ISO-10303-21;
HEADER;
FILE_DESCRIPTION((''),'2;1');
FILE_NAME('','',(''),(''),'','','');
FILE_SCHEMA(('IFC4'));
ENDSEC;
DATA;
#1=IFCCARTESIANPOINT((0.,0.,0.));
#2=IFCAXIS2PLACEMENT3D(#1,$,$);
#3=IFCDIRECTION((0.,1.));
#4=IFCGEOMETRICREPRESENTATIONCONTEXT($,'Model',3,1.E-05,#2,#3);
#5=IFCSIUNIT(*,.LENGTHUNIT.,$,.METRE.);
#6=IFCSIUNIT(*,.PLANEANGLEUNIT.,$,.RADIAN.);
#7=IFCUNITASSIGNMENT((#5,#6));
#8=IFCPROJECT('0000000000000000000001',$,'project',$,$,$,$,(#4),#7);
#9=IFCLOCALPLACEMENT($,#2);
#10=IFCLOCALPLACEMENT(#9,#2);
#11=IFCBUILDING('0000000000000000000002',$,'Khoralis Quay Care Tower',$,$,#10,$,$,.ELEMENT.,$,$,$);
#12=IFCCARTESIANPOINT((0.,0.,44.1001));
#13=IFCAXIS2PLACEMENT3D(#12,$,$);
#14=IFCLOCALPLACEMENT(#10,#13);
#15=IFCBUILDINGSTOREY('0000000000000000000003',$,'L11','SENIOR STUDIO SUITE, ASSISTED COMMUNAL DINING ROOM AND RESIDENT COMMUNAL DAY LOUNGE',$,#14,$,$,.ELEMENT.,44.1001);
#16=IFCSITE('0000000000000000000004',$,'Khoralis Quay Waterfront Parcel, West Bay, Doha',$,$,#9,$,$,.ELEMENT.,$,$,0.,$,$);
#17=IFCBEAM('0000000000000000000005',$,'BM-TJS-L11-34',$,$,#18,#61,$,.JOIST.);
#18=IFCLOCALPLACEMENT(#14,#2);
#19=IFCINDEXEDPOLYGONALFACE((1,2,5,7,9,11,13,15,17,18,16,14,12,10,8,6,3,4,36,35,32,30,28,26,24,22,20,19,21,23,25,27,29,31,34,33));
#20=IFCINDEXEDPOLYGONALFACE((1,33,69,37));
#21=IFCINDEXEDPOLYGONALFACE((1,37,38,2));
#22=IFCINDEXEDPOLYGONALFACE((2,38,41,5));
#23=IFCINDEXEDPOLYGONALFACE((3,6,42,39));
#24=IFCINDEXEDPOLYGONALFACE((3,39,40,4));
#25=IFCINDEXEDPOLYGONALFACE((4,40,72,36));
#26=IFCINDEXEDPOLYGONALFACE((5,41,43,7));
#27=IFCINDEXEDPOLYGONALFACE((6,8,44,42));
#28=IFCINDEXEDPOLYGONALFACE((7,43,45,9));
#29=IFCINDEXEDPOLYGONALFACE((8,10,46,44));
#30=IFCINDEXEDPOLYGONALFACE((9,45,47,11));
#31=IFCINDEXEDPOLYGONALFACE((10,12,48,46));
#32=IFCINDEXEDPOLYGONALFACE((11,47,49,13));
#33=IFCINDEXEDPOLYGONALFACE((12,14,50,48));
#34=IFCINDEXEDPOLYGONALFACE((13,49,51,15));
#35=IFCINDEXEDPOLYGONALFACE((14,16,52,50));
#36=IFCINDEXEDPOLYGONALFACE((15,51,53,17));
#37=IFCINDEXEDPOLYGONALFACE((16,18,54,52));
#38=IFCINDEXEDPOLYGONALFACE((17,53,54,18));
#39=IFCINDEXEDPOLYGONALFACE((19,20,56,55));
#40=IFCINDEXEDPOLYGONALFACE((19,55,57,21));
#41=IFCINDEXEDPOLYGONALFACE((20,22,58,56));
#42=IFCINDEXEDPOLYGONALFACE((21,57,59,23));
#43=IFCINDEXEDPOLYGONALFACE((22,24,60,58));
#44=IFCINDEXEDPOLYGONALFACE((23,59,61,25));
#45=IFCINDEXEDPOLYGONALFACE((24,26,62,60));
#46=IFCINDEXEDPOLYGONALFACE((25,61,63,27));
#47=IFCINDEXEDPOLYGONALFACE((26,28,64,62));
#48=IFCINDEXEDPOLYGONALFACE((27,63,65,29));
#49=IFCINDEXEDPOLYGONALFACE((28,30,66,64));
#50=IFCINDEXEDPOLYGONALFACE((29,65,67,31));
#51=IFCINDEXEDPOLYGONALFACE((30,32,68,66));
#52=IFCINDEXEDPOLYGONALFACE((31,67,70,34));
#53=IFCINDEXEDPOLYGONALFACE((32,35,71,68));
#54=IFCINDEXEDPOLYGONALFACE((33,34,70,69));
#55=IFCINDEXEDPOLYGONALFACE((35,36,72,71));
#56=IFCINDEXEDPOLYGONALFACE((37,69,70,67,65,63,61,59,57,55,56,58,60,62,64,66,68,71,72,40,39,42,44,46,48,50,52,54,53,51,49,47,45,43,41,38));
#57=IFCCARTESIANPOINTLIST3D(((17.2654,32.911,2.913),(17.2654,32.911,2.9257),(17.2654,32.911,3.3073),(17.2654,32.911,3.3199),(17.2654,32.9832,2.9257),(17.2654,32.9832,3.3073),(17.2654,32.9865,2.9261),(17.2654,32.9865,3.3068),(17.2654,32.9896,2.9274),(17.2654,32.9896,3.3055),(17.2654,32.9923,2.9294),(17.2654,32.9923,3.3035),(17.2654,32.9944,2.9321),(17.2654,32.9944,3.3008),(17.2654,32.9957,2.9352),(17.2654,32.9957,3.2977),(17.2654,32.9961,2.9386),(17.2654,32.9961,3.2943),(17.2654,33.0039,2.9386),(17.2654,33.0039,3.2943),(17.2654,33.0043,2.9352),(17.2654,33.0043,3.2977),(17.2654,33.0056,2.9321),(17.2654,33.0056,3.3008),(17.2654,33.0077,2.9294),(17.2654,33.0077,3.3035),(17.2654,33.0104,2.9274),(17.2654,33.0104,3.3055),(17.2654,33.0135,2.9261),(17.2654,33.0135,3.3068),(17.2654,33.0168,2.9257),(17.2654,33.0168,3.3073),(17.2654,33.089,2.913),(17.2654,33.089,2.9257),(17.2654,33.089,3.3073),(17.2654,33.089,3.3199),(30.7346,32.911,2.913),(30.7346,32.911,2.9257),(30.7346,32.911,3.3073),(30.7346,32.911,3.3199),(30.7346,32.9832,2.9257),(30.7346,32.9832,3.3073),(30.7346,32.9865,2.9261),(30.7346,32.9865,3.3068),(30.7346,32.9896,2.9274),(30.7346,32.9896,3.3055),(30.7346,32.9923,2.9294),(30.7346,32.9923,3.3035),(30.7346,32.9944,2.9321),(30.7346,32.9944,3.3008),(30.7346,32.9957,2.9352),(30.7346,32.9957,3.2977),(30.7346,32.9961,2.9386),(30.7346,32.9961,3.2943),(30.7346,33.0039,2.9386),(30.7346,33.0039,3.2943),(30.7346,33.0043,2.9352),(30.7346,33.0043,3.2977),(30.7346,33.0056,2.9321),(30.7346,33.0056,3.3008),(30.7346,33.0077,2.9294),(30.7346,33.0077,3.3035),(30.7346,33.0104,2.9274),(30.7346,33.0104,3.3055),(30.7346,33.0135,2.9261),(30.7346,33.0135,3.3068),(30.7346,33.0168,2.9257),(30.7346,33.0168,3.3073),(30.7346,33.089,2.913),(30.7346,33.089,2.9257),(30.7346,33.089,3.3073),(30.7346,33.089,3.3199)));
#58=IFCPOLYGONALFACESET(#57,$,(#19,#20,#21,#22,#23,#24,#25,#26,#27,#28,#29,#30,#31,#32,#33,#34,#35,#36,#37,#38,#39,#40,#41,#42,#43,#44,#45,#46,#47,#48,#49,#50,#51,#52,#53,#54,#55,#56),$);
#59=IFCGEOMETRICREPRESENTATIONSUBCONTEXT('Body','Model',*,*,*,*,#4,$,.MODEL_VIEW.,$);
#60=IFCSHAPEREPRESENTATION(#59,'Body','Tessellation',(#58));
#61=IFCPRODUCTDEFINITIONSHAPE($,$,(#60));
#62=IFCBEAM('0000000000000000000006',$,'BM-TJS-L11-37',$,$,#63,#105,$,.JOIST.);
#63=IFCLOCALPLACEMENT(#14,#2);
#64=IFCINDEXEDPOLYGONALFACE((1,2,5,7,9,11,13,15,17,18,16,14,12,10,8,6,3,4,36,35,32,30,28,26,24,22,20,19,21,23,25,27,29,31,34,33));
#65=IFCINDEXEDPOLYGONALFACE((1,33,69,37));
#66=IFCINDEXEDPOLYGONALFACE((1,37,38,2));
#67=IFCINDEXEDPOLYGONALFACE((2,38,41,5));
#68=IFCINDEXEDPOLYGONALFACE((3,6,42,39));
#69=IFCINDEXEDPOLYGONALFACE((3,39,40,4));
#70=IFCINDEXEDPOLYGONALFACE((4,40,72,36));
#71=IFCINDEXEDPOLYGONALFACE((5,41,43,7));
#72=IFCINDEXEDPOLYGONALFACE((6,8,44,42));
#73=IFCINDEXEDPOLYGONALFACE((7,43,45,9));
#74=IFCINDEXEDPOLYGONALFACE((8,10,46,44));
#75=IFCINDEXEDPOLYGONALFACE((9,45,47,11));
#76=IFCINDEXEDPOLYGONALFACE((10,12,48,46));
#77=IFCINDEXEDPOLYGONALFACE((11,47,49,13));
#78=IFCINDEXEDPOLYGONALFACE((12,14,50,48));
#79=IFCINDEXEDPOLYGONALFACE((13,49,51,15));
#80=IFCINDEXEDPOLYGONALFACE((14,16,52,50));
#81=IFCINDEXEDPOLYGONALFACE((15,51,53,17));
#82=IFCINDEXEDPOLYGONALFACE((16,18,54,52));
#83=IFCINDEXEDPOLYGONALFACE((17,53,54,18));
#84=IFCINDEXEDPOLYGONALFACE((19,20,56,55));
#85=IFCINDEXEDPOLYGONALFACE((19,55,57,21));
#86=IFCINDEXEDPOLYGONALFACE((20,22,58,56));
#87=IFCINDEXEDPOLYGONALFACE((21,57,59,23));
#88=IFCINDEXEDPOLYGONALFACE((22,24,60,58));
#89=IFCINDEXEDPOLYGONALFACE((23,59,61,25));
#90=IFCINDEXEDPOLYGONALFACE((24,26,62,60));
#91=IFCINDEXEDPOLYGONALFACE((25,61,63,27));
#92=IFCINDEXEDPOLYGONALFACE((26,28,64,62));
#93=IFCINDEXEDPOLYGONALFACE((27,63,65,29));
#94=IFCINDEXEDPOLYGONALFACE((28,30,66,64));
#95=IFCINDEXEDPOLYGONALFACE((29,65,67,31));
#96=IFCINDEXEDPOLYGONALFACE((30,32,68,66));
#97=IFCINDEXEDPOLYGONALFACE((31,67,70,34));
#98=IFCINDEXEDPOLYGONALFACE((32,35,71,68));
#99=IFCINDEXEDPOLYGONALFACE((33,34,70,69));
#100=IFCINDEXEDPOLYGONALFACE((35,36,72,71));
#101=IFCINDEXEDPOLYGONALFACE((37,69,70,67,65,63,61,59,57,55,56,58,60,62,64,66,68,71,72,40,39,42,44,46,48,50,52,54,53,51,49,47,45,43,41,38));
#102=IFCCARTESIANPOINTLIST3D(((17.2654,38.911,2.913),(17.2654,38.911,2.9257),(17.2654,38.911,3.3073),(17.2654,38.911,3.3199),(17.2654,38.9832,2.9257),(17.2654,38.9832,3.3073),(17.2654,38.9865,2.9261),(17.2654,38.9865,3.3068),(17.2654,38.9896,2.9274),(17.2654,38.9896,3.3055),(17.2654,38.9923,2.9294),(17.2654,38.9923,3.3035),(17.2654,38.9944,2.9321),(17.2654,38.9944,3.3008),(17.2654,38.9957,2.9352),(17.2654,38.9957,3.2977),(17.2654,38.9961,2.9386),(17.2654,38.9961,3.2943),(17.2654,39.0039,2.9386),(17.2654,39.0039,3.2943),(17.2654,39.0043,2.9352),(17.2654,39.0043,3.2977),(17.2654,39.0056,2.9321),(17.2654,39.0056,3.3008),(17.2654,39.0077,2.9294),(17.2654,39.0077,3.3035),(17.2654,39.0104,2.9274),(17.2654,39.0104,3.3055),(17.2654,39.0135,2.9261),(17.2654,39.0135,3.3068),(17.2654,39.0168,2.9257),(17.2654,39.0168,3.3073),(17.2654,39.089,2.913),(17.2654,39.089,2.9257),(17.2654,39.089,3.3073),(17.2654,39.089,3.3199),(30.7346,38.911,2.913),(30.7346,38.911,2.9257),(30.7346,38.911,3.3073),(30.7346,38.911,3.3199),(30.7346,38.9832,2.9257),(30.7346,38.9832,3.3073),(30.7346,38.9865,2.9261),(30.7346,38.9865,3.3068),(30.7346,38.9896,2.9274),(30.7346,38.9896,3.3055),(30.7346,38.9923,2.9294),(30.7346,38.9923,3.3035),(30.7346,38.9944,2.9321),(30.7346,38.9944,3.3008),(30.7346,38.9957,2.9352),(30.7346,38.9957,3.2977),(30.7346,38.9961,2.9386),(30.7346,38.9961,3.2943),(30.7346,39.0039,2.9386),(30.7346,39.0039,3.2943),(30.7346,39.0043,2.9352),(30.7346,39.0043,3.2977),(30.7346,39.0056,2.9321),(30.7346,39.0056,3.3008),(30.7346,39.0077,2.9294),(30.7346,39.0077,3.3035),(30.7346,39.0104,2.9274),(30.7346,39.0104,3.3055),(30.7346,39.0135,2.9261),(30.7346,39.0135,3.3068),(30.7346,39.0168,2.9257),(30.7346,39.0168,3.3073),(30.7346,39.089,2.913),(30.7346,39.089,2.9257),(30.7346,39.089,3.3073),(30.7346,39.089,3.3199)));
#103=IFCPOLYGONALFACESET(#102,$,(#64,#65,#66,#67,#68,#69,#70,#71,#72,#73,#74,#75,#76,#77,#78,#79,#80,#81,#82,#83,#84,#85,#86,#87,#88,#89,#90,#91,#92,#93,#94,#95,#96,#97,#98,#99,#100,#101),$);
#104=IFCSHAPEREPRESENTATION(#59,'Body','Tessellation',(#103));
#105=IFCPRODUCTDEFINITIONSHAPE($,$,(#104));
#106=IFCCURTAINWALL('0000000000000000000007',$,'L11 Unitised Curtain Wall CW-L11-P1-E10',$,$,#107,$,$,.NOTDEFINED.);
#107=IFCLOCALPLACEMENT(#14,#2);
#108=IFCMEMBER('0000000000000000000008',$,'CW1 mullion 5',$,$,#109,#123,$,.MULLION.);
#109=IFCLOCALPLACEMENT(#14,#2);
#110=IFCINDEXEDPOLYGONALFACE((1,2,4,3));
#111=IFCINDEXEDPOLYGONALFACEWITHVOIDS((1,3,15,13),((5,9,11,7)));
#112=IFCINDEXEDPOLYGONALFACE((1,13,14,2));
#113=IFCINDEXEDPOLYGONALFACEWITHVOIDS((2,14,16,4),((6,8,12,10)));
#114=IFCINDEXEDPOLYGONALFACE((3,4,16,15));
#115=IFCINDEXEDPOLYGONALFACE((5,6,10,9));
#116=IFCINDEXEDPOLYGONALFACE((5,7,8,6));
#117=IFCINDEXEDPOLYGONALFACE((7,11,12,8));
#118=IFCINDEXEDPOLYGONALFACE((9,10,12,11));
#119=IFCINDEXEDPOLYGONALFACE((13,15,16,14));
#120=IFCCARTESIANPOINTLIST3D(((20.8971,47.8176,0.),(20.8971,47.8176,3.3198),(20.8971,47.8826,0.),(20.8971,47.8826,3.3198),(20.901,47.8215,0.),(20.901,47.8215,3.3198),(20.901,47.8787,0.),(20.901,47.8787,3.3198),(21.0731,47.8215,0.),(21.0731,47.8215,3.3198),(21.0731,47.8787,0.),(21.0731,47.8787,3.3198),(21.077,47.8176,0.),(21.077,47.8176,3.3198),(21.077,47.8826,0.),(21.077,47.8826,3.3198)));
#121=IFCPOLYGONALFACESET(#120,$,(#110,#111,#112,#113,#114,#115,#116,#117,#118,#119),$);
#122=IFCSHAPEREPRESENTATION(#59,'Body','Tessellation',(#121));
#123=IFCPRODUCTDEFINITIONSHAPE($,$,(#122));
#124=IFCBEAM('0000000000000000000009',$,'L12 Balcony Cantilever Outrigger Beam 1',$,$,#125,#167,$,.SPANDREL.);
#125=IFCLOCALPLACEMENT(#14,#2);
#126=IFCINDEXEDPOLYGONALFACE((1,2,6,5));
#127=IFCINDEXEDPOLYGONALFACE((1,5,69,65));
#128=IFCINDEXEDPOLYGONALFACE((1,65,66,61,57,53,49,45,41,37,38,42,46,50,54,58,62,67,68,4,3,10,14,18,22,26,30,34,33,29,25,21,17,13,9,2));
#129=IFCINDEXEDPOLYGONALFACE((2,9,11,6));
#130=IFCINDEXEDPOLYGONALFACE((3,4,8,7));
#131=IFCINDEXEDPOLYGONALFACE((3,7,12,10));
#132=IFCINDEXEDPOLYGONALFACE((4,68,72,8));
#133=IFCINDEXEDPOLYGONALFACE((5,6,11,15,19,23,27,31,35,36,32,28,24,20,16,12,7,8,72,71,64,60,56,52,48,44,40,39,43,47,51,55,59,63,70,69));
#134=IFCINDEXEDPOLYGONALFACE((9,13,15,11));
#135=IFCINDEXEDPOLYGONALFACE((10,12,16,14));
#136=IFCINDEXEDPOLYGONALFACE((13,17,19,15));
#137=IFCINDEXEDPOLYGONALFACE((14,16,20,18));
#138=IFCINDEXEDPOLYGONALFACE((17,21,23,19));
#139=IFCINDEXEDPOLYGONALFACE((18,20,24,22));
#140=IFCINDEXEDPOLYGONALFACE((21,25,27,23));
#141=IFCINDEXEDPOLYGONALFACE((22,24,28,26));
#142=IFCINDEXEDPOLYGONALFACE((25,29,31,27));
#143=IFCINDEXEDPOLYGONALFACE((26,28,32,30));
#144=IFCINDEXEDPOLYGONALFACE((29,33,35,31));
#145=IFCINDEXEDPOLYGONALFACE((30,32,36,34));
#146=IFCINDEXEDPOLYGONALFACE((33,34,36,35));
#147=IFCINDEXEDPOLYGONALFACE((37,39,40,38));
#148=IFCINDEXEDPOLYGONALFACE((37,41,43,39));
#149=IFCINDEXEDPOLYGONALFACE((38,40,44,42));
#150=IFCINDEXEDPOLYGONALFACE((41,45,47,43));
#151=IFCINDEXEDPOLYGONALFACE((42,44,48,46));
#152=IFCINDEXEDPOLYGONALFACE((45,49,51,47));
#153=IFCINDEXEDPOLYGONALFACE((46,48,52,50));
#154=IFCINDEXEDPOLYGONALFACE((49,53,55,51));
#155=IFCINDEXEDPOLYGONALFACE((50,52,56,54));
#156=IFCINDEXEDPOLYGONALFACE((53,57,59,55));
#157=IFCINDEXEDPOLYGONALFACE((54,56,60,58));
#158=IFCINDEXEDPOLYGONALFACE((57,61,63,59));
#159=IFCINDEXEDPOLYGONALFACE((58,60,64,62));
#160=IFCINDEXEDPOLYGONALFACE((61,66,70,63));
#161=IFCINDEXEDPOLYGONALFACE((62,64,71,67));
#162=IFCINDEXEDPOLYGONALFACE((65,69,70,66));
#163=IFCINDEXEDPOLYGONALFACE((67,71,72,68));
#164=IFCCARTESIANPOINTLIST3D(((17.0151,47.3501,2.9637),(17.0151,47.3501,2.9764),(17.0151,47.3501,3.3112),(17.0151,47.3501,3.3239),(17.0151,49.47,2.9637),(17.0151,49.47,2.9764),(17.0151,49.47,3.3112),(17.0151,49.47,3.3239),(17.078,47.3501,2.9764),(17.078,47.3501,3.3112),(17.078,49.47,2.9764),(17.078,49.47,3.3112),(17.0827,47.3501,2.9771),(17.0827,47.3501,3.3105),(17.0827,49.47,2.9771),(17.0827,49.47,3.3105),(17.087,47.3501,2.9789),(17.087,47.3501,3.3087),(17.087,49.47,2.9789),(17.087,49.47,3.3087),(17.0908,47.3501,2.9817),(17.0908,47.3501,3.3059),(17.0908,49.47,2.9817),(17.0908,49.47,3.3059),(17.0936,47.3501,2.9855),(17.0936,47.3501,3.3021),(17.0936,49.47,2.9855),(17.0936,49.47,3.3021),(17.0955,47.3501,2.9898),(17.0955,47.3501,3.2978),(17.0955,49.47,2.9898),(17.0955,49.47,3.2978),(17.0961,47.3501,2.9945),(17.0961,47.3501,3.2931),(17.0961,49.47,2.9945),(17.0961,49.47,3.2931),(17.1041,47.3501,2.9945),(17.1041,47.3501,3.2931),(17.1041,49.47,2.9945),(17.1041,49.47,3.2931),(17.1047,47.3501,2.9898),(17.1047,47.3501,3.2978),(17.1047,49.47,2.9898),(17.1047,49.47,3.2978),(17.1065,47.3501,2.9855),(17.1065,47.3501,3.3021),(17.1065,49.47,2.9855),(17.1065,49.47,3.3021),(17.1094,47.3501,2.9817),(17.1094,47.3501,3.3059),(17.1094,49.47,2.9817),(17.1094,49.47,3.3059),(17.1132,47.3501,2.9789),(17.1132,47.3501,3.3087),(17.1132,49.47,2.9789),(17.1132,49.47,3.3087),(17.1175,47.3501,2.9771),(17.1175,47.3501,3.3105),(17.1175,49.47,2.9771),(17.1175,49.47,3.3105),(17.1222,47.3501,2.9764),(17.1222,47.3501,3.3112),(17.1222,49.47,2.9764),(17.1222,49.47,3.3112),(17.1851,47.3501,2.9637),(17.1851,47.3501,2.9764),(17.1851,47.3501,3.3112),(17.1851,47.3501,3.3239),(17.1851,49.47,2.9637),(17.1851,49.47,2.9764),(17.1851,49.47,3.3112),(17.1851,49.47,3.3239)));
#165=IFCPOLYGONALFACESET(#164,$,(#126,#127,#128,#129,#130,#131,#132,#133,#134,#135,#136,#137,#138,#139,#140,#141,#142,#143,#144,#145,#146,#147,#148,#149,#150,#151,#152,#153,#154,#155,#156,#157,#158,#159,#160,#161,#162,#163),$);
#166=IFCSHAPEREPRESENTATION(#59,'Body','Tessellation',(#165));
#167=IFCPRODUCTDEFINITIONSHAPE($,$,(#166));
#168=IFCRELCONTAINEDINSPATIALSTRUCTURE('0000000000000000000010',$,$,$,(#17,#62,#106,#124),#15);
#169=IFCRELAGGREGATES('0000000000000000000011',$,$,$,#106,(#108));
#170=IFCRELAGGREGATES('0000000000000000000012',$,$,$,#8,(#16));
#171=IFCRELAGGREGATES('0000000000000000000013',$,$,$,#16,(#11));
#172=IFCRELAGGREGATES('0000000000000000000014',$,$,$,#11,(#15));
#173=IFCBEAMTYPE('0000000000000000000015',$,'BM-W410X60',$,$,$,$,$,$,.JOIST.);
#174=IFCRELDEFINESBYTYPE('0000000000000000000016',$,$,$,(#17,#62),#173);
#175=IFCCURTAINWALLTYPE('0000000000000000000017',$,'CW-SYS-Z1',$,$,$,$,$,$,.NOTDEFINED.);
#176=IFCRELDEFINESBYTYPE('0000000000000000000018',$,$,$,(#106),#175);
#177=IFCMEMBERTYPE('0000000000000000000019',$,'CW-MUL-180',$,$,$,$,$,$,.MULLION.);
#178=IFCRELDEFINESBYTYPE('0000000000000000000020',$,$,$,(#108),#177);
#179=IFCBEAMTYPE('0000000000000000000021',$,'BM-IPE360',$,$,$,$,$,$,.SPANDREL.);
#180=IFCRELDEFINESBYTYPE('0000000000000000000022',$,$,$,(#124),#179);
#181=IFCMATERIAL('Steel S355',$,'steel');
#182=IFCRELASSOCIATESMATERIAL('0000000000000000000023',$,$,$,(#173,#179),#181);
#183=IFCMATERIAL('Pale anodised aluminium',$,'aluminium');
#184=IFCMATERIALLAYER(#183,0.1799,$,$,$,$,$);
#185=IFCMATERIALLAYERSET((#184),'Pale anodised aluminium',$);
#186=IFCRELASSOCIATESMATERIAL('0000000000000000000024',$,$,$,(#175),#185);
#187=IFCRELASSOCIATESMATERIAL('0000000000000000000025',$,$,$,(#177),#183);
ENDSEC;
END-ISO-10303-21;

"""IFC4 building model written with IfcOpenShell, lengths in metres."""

from ifc_helpers import new_model, si_unit, direction, frame, origin, origin_2d, place, context, subcontext, project, spatial, hollow_rectangle, i_section, extrude, source, transform, mapped, material, layer, layer_set, material_profile, profile_set, type_object, element, aggregate, save


model = new_model("IFC4")

# Units and contexts
model_context = context("Model", 3, precision=1e-05, world=origin(), true_north=direction((0.0, 1.0)))
body_context = subcontext(model_context, "Body", "Model", "MODEL_VIEW")
ifc_project = project(units=[si_unit("LENGTHUNIT", "METRE"), si_unit("PLANEANGLEUNIT", "RADIAN")], contexts=[model_context])

# Site, building, storey
site_placement = place(None, origin())
site = spatial("IfcSite", under=ifc_project, at=site_placement, Name="Khoralis Quay Waterfront Parcel, West Bay, Doha", CompositionType="ELEMENT", RefElevation=0.0)
building_placement = place(site_placement, origin())
building = spatial("IfcBuilding", under=site, at=building_placement, Name="Khoralis Quay Care Tower", CompositionType="ELEMENT")
storey_placement = place(building_placement, frame((0.0, 0.0, 44.1001)))
storey = spatial("IfcBuildingStorey", under=building, at=storey_placement, Name="L11", Description="SENIOR STUDIO SUITE, ASSISTED COMMUNAL DINING ROOM AND RESIDENT COMMUNAL DAY LOUNGE", CompositionType="ELEMENT", Elevation=44.1001)

# Beams
ifc_material_1 = material(Name="Steel S355", Category="steel")
ifc_material_profile_1 = material_profile(ifc_material_1, i_section(OverallWidth=0.178, OverallDepth=0.407, WebThickness=0.0078, FlangeThickness=0.0127, FilletRadius=0.0129, at=origin_2d()), Name="Steel S355")
ifc_profile_set_1 = profile_set([ifc_material_profile_1], Name="Steel S355")
beam_type_1 = type_object("IfcBeamType", Name="BM-W410X60", PredefinedType="JOIST", material=ifc_profile_set_1)
shared_shape_1 = source(origin(), body_context, "Body", "SweptSolid", [
    extrude(i_section(OverallWidth=0.178, OverallDepth=0.407, WebThickness=0.0078, FlangeThickness=0.0127, FilletRadius=0.0129, at=origin_2d()), origin(), (0.0, 0.0, 1.0), 13.4692),
])
for number, where, z_axis, x_axis, name in (
    (1, (17.2654, 33.0, 3.1165), (1.0, 0.0, 0.0), (0.0, 1.0, 0.0), "BM-TJS-L11-34"),
    (2, (17.2654, 39.0, 3.1165), (1.0, 0.0, 0.0), (0.0, 1.0, 0.0), "BM-TJS-L11-37"),
):
    element("IfcBeam", number, at=place(storey_placement, frame(where, z_axis=z_axis, x_axis=x_axis)), inside=storey, type_object=beam_type_1, Name=name, PredefinedType="JOIST", context=body_context, shape_type="MappedRepresentation", body=[
        mapped(shared_shape_1, transform((0.0, 0.0, 0.0), scale=1.0)),
    ])

# Curtain wall, member
ifc_material_2 = material(Name="Pale anodised aluminium", Category="aluminium")
ifc_layer_1 = layer(ifc_material_2, 0.1799)
ifc_layer_set_1 = layer_set([ifc_layer_1], Name="Pale anodised aluminium")
curtain_wall_type = type_object("IfcCurtainWallType", Name="CW-SYS-Z1", PredefinedType="NOTDEFINED", material=ifc_layer_set_1)
curtain_wall_placement = place(storey_placement, origin())
curtain_wall = element("IfcCurtainWall", 3, at=curtain_wall_placement, inside=storey, type_object=curtain_wall_type, Name="L11 Unitised Curtain Wall CW-L11-P1-E10", PredefinedType="NOTDEFINED")
ifc_material_profile_2 = material_profile(ifc_material_2, hollow_rectangle(XDim=0.0649, YDim=0.1799, WallThickness=0.0039, at=origin_2d()), Name="Pale anodised aluminium")
ifc_profile_set_2 = profile_set([ifc_material_profile_2], Name="Pale anodised aluminium")
member_type = type_object("IfcMemberType", Name="CW-MUL-180", PredefinedType="MULLION", material=ifc_profile_set_2)
shared_shape_2 = source(origin(), body_context, "Body", "SweptSolid", [
    extrude(hollow_rectangle(XDim=0.0649, YDim=0.1799, WallThickness=0.0039, at=origin_2d()), origin(), (0.0, 0.0, 1.0), 3.3198),
])
member_placement = place(storey_placement, frame((20.9871, 47.8501, 0.0), z_axis=(0.0, 0.0, 1.0), x_axis=(0.0, -1.0, 0.0)))
member = element("IfcMember", 4, at=member_placement, type_object=member_type, Name="CW1 mullion 5", PredefinedType="MULLION", context=body_context, shape_type="MappedRepresentation", body=[
    mapped(shared_shape_2, transform((0.0, 0.0, 0.0), scale=1.0)),
])

# Beam
ifc_material_profile_3 = material_profile(ifc_material_1, i_section(OverallWidth=0.1699, OverallDepth=0.3601, WebThickness=0.0081, FlangeThickness=0.0127, FilletRadius=0.0181, at=origin_2d()), Name="Steel S355")
ifc_profile_set_3 = profile_set([ifc_material_profile_3], Name="Steel S355")
beam_type_2 = type_object("IfcBeamType", Name="BM-IPE360", PredefinedType="SPANDREL", material=ifc_profile_set_3)
shared_shape_3 = source(origin(), body_context, "Body", "SweptSolid", [
    extrude(i_section(OverallWidth=0.1699, OverallDepth=0.3601, WebThickness=0.0081, FlangeThickness=0.0127, FilletRadius=0.0181, at=origin_2d()), origin(), (0.0, 0.0, 1.0), 2.1199),
])
beam_1_placement = place(storey_placement, frame((17.1001, 47.3501, 3.1438), z_axis=(0.0, 1.0, 0.0), x_axis=(-1.0, 0.0, 0.0)))
element("IfcBeam", 5, at=beam_1_placement, inside=storey, type_object=beam_type_2, Name="L12 Balcony Cantilever Outrigger Beam 1", PredefinedType="SPANDREL", context=body_context, shape_type="MappedRepresentation", body=[
    mapped(shared_shape_3, transform((0.0, 0.0, 0.0), scale=1.0)),
])

aggregate(curtain_wall, [member])

save(model, "model.ifc")
